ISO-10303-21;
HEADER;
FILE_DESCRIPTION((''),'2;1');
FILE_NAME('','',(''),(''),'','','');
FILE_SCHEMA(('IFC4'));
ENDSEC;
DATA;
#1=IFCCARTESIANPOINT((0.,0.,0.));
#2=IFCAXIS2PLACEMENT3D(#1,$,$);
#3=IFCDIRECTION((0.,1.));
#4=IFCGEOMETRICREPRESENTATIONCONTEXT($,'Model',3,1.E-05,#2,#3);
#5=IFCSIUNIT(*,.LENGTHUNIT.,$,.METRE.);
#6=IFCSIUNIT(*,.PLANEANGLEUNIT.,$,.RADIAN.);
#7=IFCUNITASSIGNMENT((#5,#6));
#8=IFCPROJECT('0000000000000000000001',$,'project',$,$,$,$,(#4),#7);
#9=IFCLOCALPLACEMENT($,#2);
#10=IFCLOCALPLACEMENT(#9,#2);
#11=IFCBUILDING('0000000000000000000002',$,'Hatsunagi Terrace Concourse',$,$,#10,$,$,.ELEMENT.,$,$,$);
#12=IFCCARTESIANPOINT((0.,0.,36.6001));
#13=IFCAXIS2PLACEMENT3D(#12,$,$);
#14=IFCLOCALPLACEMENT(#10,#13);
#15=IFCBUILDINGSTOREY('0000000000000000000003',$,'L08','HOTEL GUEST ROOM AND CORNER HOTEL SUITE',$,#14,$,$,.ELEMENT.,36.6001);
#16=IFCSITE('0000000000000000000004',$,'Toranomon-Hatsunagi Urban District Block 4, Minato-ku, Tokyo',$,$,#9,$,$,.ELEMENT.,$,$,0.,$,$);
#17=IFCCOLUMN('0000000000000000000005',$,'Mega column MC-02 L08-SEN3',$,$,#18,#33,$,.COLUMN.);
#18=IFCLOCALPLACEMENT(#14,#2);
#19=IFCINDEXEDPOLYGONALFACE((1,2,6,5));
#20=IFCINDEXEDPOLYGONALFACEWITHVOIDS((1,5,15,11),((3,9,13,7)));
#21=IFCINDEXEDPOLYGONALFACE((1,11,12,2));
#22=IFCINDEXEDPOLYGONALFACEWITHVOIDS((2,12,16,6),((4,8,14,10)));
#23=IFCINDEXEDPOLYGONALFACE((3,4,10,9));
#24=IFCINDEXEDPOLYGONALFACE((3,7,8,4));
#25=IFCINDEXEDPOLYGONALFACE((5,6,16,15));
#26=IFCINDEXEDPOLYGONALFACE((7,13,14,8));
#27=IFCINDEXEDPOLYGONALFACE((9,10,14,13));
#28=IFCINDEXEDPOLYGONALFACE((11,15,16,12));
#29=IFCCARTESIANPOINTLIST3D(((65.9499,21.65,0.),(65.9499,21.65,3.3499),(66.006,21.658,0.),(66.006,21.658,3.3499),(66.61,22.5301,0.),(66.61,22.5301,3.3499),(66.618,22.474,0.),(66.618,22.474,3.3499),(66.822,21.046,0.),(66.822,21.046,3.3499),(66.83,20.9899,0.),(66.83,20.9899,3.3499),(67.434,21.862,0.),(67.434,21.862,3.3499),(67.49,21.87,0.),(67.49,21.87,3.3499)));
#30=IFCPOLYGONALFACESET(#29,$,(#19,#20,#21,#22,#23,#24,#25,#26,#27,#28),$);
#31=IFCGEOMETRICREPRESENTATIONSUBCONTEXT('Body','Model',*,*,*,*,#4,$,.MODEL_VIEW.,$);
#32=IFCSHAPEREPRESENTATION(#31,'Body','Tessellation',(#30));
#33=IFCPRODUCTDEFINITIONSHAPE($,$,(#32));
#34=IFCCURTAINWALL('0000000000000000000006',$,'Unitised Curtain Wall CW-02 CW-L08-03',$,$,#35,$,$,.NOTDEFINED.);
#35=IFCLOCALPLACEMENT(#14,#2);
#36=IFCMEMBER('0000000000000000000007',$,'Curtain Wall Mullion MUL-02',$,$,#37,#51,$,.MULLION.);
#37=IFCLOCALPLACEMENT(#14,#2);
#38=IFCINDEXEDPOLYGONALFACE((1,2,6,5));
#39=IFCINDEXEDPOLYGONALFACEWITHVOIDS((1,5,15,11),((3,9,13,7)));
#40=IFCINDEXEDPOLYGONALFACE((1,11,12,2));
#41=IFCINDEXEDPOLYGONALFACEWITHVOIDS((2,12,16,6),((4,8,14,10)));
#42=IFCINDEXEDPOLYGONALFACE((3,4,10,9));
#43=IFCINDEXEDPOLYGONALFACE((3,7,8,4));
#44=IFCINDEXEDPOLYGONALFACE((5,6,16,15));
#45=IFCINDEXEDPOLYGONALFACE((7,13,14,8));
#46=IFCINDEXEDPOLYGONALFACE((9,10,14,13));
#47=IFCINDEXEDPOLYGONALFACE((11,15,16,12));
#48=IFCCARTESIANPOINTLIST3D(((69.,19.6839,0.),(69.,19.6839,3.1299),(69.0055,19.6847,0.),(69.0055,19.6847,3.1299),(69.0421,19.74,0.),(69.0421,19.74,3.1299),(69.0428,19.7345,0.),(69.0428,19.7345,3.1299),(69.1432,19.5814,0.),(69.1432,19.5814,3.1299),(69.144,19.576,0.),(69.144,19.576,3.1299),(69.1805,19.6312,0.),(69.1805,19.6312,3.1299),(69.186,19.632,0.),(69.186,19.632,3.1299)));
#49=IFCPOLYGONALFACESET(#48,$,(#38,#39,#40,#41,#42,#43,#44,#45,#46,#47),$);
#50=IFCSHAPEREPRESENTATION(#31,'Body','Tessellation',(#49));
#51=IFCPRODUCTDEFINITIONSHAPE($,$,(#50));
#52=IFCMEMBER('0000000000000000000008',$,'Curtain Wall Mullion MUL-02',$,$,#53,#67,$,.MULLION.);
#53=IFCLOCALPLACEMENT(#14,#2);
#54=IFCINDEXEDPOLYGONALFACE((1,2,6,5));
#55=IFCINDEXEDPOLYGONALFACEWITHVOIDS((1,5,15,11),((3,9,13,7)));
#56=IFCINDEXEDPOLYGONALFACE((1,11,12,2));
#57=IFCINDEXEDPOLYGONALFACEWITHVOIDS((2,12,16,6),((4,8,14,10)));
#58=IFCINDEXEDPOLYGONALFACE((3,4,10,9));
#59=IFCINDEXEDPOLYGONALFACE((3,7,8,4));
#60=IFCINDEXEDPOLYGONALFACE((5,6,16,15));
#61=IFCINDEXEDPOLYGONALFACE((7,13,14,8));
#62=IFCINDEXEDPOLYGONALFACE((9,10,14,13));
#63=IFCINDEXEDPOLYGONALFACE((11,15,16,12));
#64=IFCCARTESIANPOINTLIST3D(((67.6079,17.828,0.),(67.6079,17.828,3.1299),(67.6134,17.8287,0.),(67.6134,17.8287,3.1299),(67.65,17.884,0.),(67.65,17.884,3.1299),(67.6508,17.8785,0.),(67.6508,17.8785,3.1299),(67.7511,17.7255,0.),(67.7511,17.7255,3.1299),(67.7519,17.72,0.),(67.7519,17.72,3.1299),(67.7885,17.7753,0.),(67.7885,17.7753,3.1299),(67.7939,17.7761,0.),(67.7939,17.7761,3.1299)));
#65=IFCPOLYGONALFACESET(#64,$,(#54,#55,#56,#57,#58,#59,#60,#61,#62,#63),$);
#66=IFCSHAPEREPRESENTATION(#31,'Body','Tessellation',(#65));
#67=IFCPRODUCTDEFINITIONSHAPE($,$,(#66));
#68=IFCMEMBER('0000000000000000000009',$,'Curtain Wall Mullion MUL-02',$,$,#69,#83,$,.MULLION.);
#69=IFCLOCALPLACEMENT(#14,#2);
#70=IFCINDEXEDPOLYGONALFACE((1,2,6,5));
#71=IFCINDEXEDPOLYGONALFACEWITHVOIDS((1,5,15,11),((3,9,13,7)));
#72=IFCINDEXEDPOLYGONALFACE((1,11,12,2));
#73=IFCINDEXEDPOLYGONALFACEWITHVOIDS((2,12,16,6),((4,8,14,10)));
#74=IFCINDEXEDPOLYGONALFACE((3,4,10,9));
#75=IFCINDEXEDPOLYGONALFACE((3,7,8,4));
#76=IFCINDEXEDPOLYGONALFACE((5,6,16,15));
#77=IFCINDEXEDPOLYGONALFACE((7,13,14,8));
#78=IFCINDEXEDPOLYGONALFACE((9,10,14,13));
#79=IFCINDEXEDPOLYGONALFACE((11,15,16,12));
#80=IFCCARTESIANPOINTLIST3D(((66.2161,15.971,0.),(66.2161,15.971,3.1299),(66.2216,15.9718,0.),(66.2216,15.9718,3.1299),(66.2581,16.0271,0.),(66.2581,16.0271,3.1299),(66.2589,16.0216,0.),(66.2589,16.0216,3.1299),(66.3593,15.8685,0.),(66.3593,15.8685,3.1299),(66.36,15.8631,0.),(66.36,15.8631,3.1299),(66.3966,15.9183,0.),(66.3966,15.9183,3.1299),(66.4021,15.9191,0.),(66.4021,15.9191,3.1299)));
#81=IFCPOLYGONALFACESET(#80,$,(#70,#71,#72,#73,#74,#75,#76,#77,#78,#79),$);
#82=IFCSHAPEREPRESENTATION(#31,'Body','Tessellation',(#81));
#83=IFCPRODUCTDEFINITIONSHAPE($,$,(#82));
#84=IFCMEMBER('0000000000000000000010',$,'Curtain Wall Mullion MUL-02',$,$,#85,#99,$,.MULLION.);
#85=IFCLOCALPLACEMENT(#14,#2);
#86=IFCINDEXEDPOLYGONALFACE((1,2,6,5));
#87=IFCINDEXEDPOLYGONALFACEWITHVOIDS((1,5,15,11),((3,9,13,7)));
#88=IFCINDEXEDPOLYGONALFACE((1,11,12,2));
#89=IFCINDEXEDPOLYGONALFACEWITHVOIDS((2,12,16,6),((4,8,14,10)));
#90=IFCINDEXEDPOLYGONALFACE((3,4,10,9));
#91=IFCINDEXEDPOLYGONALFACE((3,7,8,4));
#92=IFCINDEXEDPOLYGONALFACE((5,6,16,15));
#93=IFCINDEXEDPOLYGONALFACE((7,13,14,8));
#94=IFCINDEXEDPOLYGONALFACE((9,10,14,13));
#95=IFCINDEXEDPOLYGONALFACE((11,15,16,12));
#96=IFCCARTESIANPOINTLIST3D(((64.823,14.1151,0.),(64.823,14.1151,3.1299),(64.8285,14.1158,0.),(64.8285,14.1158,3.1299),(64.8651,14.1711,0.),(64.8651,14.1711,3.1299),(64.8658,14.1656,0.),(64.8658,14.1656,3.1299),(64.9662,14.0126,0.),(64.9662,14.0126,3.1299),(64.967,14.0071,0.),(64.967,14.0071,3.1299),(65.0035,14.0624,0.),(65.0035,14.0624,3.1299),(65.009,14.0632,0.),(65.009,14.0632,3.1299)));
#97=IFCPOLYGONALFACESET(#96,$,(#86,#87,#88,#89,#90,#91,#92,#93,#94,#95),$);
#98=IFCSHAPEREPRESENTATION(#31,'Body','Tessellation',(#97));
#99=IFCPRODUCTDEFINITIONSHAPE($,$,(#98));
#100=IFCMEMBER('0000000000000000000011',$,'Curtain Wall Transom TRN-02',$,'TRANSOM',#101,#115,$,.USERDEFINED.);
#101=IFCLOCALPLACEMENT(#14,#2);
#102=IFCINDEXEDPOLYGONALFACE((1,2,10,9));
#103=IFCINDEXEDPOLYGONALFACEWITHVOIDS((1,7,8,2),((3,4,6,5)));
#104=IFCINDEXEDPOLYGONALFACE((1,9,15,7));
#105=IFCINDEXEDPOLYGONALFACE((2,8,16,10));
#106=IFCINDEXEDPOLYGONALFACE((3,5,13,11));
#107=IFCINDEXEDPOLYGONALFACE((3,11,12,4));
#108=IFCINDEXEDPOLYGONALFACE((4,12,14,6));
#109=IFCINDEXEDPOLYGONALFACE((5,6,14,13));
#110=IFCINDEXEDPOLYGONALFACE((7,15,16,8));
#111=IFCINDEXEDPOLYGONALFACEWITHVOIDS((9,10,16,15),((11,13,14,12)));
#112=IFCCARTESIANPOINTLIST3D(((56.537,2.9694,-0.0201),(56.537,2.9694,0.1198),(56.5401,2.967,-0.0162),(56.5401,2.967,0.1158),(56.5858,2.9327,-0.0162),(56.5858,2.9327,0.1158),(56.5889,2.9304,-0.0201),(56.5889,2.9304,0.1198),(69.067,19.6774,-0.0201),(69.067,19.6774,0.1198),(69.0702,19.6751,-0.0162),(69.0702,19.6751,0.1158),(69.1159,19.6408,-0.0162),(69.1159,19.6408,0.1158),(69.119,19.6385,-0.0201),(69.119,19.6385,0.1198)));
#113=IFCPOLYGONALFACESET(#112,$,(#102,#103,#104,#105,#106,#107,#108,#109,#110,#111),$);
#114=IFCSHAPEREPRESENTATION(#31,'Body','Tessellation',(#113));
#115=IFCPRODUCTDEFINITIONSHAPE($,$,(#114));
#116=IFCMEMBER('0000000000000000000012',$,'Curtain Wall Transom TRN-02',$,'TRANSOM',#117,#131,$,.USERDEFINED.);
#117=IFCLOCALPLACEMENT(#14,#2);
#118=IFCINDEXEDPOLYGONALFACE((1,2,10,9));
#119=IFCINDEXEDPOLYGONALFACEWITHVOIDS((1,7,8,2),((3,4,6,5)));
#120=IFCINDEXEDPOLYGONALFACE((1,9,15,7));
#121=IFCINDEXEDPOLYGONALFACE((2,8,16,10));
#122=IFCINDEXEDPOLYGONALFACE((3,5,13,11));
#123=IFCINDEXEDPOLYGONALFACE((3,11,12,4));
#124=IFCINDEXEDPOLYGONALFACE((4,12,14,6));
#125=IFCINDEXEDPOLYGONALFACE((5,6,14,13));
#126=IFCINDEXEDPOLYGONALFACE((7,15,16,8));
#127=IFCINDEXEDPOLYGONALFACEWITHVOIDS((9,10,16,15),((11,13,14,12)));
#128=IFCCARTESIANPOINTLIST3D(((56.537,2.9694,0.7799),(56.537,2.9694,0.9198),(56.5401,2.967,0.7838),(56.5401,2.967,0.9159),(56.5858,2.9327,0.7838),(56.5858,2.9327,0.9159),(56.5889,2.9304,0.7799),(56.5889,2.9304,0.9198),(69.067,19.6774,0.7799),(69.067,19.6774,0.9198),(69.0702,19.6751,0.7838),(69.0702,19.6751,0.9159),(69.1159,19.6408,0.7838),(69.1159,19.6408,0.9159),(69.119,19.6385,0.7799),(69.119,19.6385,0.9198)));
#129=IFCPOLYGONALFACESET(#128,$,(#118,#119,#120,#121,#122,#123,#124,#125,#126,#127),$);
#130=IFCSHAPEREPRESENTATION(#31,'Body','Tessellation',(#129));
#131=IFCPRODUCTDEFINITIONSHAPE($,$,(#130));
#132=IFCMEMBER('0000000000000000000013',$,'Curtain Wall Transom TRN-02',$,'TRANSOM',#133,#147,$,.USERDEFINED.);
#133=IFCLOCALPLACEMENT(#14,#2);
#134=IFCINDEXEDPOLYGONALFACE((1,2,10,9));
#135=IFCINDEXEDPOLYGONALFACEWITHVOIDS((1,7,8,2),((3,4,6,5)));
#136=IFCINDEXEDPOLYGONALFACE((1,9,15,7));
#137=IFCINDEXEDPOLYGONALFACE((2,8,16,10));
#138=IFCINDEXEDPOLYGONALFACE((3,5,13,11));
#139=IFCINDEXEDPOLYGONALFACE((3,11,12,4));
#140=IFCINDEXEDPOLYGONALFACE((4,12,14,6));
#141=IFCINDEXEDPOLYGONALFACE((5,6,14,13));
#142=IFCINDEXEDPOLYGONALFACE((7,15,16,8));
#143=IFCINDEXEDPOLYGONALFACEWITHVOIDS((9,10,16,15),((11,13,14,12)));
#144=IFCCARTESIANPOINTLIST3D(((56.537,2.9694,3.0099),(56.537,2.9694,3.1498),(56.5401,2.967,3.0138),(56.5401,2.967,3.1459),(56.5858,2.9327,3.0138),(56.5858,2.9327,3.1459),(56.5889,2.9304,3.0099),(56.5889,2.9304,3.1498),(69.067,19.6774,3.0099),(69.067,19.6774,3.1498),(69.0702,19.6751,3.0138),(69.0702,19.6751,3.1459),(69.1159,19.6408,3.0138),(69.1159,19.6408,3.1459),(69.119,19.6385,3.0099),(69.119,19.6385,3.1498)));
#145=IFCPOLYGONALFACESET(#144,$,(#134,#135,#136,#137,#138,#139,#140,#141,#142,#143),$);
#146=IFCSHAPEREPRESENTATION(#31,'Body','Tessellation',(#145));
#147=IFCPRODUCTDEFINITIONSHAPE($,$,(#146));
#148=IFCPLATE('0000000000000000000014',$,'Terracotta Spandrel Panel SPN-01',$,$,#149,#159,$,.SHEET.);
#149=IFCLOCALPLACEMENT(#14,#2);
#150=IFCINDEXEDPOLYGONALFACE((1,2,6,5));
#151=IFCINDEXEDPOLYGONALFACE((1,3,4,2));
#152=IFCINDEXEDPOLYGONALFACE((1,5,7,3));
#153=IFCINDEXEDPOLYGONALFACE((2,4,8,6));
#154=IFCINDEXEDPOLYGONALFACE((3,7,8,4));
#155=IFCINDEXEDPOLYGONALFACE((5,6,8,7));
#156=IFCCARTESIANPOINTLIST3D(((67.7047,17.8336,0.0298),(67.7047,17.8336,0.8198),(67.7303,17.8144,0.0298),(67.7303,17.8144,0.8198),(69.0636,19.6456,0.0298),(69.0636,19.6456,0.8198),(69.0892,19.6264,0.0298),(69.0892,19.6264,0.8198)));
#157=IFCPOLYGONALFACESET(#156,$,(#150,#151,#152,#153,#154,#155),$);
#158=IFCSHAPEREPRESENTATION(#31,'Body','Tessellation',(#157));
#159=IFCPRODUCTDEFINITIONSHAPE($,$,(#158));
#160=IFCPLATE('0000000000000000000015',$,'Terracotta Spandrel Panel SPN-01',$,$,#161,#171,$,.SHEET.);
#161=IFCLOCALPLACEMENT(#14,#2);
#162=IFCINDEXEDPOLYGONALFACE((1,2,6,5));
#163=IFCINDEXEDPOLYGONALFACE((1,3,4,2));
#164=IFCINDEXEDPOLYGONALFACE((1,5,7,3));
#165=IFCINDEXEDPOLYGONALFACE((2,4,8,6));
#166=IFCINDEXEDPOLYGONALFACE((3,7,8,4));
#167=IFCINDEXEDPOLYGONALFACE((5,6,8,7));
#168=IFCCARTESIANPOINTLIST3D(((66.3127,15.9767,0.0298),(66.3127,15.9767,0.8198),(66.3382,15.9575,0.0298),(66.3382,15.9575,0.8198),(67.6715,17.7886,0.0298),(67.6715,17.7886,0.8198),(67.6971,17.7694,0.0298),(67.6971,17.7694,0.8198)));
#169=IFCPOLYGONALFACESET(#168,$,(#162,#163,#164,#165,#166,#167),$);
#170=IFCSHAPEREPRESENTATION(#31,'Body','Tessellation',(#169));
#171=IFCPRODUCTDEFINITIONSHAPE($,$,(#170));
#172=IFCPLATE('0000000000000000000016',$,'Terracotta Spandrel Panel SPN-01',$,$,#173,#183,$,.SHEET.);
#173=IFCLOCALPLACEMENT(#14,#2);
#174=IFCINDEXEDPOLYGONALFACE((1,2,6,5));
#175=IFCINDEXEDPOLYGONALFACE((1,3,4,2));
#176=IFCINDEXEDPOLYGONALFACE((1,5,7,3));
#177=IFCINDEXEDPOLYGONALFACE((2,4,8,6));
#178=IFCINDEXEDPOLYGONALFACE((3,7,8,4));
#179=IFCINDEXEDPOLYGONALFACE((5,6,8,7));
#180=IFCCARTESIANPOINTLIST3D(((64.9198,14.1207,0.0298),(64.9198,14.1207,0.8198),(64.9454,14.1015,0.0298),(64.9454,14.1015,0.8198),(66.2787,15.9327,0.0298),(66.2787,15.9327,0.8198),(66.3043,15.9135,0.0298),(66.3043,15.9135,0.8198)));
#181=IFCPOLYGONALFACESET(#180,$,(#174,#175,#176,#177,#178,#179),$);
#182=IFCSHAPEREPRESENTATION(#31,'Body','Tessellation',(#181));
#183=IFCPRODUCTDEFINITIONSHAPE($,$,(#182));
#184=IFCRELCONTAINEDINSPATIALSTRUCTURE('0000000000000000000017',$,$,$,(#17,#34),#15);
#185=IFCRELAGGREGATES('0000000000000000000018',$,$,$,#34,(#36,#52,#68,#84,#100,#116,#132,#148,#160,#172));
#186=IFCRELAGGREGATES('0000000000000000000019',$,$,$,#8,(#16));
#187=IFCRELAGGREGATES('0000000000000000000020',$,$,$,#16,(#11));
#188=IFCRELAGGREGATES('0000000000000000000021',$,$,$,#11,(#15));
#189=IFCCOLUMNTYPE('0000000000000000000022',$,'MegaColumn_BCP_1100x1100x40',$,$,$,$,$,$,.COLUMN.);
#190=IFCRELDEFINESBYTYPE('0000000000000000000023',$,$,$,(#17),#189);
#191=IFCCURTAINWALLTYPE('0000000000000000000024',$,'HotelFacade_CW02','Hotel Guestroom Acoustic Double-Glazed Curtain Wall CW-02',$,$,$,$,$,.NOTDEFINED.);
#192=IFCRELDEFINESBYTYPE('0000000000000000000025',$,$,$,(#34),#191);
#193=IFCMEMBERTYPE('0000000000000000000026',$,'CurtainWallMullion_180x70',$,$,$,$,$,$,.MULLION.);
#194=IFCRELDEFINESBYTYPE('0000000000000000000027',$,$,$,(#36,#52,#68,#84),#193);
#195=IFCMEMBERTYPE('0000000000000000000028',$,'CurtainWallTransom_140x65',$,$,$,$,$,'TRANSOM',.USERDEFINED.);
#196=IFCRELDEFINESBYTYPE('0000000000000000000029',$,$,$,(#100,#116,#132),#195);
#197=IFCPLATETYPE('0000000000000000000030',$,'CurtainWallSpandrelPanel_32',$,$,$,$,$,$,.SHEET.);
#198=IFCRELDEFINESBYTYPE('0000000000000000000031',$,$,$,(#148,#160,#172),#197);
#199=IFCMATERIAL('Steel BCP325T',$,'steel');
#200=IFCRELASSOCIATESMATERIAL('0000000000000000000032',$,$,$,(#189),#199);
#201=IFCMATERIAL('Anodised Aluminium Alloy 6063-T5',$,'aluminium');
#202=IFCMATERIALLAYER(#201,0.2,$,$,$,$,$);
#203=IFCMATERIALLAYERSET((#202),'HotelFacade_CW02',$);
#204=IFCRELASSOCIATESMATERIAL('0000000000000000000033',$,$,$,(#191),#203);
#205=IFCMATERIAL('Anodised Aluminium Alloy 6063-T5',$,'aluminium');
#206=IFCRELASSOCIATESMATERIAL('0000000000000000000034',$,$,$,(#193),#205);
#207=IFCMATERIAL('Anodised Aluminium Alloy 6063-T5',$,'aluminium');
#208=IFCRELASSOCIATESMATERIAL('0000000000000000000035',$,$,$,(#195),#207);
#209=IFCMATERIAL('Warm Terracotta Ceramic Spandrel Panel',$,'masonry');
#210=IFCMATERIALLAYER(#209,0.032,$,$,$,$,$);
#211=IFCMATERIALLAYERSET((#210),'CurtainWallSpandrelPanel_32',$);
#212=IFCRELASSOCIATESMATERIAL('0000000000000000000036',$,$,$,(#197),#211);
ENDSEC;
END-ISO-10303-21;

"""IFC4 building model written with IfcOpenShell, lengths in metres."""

from ifc_helpers import new_model, si_unit, direction, frame, origin, origin_2d, place, context, subcontext, project, spatial, rectangle, hollow_rectangle, extrude, material, layer, layer_set, material_profile, profile_set, type_object, element, aggregate, save


model = new_model("IFC4")

# Units and contexts
model_context = context("Model", 3, precision=1e-05, world=origin(), true_north=direction((0.0, 1.0)))
body_context = subcontext(model_context, "Body", "Model", "MODEL_VIEW")
ifc_project = project(units=[si_unit("LENGTHUNIT", "METRE"), si_unit("PLANEANGLEUNIT", "RADIAN")], contexts=[model_context])

# Site, building, storey
site_placement = place(None, origin())
site = spatial("IfcSite", under=ifc_project, at=site_placement, Name="Toranomon-Hatsunagi Urban District Block 4, Minato-ku, Tokyo", CompositionType="ELEMENT", RefElevation=0.0)
building_placement = place(site_placement, origin())
building = spatial("IfcBuilding", under=site, at=building_placement, Name="Hatsunagi Terrace Concourse", CompositionType="ELEMENT")
storey_placement = place(building_placement, frame((0.0, 0.0, 36.6001)))
storey = spatial("IfcBuildingStorey", under=building, at=storey_placement, Name="L08", Description="HOTEL GUEST ROOM AND CORNER HOTEL SUITE", CompositionType="ELEMENT", Elevation=36.6001)

# Column
ifc_material_1 = material(Name="Steel BCP325T", Category="steel")
ifc_material_profile_1 = material_profile(ifc_material_1, hollow_rectangle(XDim=1.1001, YDim=1.1001, WallThickness=0.04, at=origin_2d()), Name="BCP-1100x1100x40")
ifc_profile_set_1 = profile_set([ifc_material_profile_1], Name="Steel BCP325T")
column_type = type_object("IfcColumnType", Name="MegaColumn_BCP_1100x1100x40", PredefinedType="COLUMN", material=ifc_profile_set_1)
column_placement = place(storey_placement, frame((66.72, 21.76, 0.0), z_axis=(0.0, 0.0, 1.0), x_axis=(0.8, -0.6, 0.0)))
element("IfcColumn", 1, at=column_placement, inside=storey, type_object=column_type, Name="Mega column MC-02 L08-SEN3", PredefinedType="COLUMN", context=body_context, shape_type="SweptSolid", body=[
    extrude(hollow_rectangle(XDim=1.1001, YDim=1.1001, WallThickness=0.04, at=origin_2d()), origin(), (0.0, 0.0, 1.0), 3.3499),
])

# Curtain wall, members, plates
ifc_material_2 = material(Name="Anodised Aluminium Alloy 6063-T5", Category="aluminium")
ifc_layer_1 = layer(ifc_material_2, 0.2)
ifc_layer_set_1 = layer_set([ifc_layer_1], Name="HotelFacade_CW02")
curtain_wall_type = type_object("IfcCurtainWallType", Name="HotelFacade_CW02", Description="Hotel Guestroom Acoustic Double-Glazed Curtain Wall CW-02", PredefinedType="NOTDEFINED", material=ifc_layer_set_1)
curtain_wall_placement = place(storey_placement, origin())
curtain_wall = element("IfcCurtainWall", 2, at=curtain_wall_placement, inside=storey, type_object=curtain_wall_type, Name="Unitised Curtain Wall CW-02 CW-L08-03", PredefinedType="NOTDEFINED")
ifc_material_3 = material(Name="Anodised Aluminium Alloy 6063-T5", Category="aluminium")
ifc_material_profile_2 = material_profile(ifc_material_3, hollow_rectangle(XDim=0.0701, YDim=0.1799, WallThickness=0.0039, at=origin_2d()), Name="ALU-MUL-180x70x4")
ifc_profile_set_2 = profile_set([ifc_material_profile_2], Name="Anodised Aluminium Alloy 6063-T5")
member_type_1 = type_object("IfcMemberType", Name="CurtainWallMullion_180x70", PredefinedType="MULLION", material=ifc_profile_set_2)
member_1_placement = place(storey_placement, frame((69.093, 19.658, 0.0), z_axis=(0.0, 0.0, 1.0), x_axis=(-0.599969, -0.800023, 0.0)))
member_1 = element("IfcMember", 3, at=member_1_placement, type_object=member_type_1, Name="Curtain Wall Mullion MUL-02", PredefinedType="MULLION", context=body_context, shape_type="SweptSolid", body=[
    extrude(hollow_rectangle(XDim=0.0701, YDim=0.1799, WallThickness=0.0039, at=origin_2d()), origin(), (0.0, 0.0, 1.0), 3.1299),
])
member_2_placement = place(storey_placement, frame((67.7009, 17.802, 0.0), z_axis=(0.0, 0.0, 1.0), x_axis=(-0.599969, -0.800023, 0.0)))
member_2 = element("IfcMember", 4, at=member_2_placement, type_object=member_type_1, Name="Curtain Wall Mullion MUL-02", PredefinedType="MULLION", context=body_context, shape_type="SweptSolid", body=[
    extrude(hollow_rectangle(XDim=0.0701, YDim=0.1799, WallThickness=0.0039, at=origin_2d()), origin(), (0.0, 0.0, 1.0), 3.1299),
])
member_3_placement = place(storey_placement, frame((66.3091, 15.9451, 0.0), z_axis=(0.0, 0.0, 1.0), x_axis=(-0.599969, -0.800023, 0.0)))
member_3 = element("IfcMember", 5, at=member_3_placement, type_object=member_type_1, Name="Curtain Wall Mullion MUL-02", PredefinedType="MULLION", context=body_context, shape_type="SweptSolid", body=[
    extrude(hollow_rectangle(XDim=0.0701, YDim=0.1799, WallThickness=0.0039, at=origin_2d()), origin(), (0.0, 0.0, 1.0), 3.1299),
])
member_4_placement = place(storey_placement, frame((64.916, 14.0891, 0.0), z_axis=(0.0, 0.0, 1.0), x_axis=(-0.599969, -0.800023, 0.0)))
member_4 = element("IfcMember", 6, at=member_4_placement, type_object=member_type_1, Name="Curtain Wall Mullion MUL-02", PredefinedType="MULLION", context=body_context, shape_type="SweptSolid", body=[
    extrude(hollow_rectangle(XDim=0.0701, YDim=0.1799, WallThickness=0.0039, at=origin_2d()), origin(), (0.0, 0.0, 1.0), 3.1299),
])
ifc_material_4 = material(Name="Anodised Aluminium Alloy 6063-T5", Category="aluminium")
ifc_material_profile_3 = material_profile(ifc_material_4, hollow_rectangle(XDim=0.0649, YDim=0.1399, WallThickness=0.0039, at=origin_2d()), Name="ALU-TRN-140x65x4")
ifc_profile_set_3 = profile_set([ifc_material_profile_3], Name="Anodised Aluminium Alloy 6063-T5")
member_type_2 = type_object("IfcMemberType", Name="CurtainWallTransom_140x65", ElementType="TRANSOM", PredefinedType="USERDEFINED", material=ifc_profile_set_3)
member_5_placement = place(storey_placement, frame((69.093, 19.658, 0.0498), z_axis=(-0.59997, -0.800022, 0.0), x_axis=(0.800022, -0.59997, 0.0)))
member_5 = element("IfcMember", 7, at=member_5_placement, type_object=member_type_2, Name="Curtain Wall Transom TRN-02", ObjectType="TRANSOM", PredefinedType="USERDEFINED", context=body_context, shape_type="SweptSolid", body=[
    extrude(hollow_rectangle(XDim=0.0649, YDim=0.1399, WallThickness=0.0039, at=origin_2d()), origin(), (0.0, 0.0, 1.0), 20.8845),
])
member_6_placement = place(storey_placement, frame((69.093, 19.658, 0.8499), z_axis=(-0.59997, -0.800022, 0.0), x_axis=(0.800022, -0.59997, 0.0)))
member_6 = element("IfcMember", 8, at=member_6_placement, type_object=member_type_2, Name="Curtain Wall Transom TRN-02", ObjectType="TRANSOM", PredefinedType="USERDEFINED", context=body_context, shape_type="SweptSolid", body=[
    extrude(hollow_rectangle(XDim=0.0649, YDim=0.1399, WallThickness=0.0039, at=origin_2d()), origin(), (0.0, 0.0, 1.0), 20.8845),
])
member_7_placement = place(storey_placement, frame((69.093, 19.658, 3.0798), z_axis=(-0.59997, -0.800022, 0.0), x_axis=(0.800022, -0.59997, 0.0)))
member_7 = element("IfcMember", 9, at=member_7_placement, type_object=member_type_2, Name="Curtain Wall Transom TRN-02", ObjectType="TRANSOM", PredefinedType="USERDEFINED", context=body_context, shape_type="SweptSolid", body=[
    extrude(hollow_rectangle(XDim=0.0649, YDim=0.1399, WallThickness=0.0039, at=origin_2d()), origin(), (0.0, 0.0, 1.0), 20.8845),
])
ifc_material_5 = material(Name="Warm Terracotta Ceramic Spandrel Panel", Category="masonry")
ifc_layer_2 = layer(ifc_material_5, 0.032)
ifc_layer_set_2 = layer_set([ifc_layer_2], Name="CurtainWallSpandrelPanel_32")
plate_type_1 = type_object("IfcPlateType", Name="CurtainWallSpandrelPanel_32", PredefinedType="SHEET", material=ifc_layer_set_2)
plate_1_placement = place(storey_placement, frame((68.397, 18.73, 0.0298), z_axis=(0.0, 0.0, 1.0), x_axis=(-0.599969, -0.800023, 0.0)))
plate_1 = element("IfcPlate", 10, at=plate_1_placement, type_object=plate_type_1, Name="Terracotta Spandrel Panel SPN-01", PredefinedType="SHEET", context=body_context, shape_type="SweptSolid", body=[
    extrude(rectangle(XDim=2.2649, YDim=0.032, at=origin_2d()), origin(), (0.0, 0.0, 1.0), 0.79),
])
plate_2_placement = place(storey_placement, frame((67.0049, 16.873, 0.0298), z_axis=(0.0, 0.0, 1.0), x_axis=(-0.599969, -0.800023, 0.0)))
plate_2 = element("IfcPlate", 11, at=plate_2_placement, type_object=plate_type_1, Name="Terracotta Spandrel Panel SPN-01", PredefinedType="SHEET", context=body_context, shape_type="SweptSolid", body=[
    extrude(rectangle(XDim=2.2649, YDim=0.032, at=origin_2d()), origin(), (0.0, 0.0, 1.0), 0.79),
])
plate_3_placement = place(storey_placement, frame((65.6121, 15.0171, 0.0298), z_axis=(0.0, 0.0, 1.0), x_axis=(-0.599969, -0.800023, 0.0)))
plate_3 = element("IfcPlate", 12, at=plate_3_placement, type_object=plate_type_1, Name="Terracotta Spandrel Panel SPN-01", PredefinedType="SHEET", context=body_context, shape_type="SweptSolid", body=[
    extrude(rectangle(XDim=2.2649, YDim=0.032, at=origin_2d()), origin(), (0.0, 0.0, 1.0), 0.79),
])
aggregate(curtain_wall, [member_1, member_2, member_3, member_4, member_5, member_6, member_7, plate_1, plate_2, plate_3])

save(model, "model.ifc")
